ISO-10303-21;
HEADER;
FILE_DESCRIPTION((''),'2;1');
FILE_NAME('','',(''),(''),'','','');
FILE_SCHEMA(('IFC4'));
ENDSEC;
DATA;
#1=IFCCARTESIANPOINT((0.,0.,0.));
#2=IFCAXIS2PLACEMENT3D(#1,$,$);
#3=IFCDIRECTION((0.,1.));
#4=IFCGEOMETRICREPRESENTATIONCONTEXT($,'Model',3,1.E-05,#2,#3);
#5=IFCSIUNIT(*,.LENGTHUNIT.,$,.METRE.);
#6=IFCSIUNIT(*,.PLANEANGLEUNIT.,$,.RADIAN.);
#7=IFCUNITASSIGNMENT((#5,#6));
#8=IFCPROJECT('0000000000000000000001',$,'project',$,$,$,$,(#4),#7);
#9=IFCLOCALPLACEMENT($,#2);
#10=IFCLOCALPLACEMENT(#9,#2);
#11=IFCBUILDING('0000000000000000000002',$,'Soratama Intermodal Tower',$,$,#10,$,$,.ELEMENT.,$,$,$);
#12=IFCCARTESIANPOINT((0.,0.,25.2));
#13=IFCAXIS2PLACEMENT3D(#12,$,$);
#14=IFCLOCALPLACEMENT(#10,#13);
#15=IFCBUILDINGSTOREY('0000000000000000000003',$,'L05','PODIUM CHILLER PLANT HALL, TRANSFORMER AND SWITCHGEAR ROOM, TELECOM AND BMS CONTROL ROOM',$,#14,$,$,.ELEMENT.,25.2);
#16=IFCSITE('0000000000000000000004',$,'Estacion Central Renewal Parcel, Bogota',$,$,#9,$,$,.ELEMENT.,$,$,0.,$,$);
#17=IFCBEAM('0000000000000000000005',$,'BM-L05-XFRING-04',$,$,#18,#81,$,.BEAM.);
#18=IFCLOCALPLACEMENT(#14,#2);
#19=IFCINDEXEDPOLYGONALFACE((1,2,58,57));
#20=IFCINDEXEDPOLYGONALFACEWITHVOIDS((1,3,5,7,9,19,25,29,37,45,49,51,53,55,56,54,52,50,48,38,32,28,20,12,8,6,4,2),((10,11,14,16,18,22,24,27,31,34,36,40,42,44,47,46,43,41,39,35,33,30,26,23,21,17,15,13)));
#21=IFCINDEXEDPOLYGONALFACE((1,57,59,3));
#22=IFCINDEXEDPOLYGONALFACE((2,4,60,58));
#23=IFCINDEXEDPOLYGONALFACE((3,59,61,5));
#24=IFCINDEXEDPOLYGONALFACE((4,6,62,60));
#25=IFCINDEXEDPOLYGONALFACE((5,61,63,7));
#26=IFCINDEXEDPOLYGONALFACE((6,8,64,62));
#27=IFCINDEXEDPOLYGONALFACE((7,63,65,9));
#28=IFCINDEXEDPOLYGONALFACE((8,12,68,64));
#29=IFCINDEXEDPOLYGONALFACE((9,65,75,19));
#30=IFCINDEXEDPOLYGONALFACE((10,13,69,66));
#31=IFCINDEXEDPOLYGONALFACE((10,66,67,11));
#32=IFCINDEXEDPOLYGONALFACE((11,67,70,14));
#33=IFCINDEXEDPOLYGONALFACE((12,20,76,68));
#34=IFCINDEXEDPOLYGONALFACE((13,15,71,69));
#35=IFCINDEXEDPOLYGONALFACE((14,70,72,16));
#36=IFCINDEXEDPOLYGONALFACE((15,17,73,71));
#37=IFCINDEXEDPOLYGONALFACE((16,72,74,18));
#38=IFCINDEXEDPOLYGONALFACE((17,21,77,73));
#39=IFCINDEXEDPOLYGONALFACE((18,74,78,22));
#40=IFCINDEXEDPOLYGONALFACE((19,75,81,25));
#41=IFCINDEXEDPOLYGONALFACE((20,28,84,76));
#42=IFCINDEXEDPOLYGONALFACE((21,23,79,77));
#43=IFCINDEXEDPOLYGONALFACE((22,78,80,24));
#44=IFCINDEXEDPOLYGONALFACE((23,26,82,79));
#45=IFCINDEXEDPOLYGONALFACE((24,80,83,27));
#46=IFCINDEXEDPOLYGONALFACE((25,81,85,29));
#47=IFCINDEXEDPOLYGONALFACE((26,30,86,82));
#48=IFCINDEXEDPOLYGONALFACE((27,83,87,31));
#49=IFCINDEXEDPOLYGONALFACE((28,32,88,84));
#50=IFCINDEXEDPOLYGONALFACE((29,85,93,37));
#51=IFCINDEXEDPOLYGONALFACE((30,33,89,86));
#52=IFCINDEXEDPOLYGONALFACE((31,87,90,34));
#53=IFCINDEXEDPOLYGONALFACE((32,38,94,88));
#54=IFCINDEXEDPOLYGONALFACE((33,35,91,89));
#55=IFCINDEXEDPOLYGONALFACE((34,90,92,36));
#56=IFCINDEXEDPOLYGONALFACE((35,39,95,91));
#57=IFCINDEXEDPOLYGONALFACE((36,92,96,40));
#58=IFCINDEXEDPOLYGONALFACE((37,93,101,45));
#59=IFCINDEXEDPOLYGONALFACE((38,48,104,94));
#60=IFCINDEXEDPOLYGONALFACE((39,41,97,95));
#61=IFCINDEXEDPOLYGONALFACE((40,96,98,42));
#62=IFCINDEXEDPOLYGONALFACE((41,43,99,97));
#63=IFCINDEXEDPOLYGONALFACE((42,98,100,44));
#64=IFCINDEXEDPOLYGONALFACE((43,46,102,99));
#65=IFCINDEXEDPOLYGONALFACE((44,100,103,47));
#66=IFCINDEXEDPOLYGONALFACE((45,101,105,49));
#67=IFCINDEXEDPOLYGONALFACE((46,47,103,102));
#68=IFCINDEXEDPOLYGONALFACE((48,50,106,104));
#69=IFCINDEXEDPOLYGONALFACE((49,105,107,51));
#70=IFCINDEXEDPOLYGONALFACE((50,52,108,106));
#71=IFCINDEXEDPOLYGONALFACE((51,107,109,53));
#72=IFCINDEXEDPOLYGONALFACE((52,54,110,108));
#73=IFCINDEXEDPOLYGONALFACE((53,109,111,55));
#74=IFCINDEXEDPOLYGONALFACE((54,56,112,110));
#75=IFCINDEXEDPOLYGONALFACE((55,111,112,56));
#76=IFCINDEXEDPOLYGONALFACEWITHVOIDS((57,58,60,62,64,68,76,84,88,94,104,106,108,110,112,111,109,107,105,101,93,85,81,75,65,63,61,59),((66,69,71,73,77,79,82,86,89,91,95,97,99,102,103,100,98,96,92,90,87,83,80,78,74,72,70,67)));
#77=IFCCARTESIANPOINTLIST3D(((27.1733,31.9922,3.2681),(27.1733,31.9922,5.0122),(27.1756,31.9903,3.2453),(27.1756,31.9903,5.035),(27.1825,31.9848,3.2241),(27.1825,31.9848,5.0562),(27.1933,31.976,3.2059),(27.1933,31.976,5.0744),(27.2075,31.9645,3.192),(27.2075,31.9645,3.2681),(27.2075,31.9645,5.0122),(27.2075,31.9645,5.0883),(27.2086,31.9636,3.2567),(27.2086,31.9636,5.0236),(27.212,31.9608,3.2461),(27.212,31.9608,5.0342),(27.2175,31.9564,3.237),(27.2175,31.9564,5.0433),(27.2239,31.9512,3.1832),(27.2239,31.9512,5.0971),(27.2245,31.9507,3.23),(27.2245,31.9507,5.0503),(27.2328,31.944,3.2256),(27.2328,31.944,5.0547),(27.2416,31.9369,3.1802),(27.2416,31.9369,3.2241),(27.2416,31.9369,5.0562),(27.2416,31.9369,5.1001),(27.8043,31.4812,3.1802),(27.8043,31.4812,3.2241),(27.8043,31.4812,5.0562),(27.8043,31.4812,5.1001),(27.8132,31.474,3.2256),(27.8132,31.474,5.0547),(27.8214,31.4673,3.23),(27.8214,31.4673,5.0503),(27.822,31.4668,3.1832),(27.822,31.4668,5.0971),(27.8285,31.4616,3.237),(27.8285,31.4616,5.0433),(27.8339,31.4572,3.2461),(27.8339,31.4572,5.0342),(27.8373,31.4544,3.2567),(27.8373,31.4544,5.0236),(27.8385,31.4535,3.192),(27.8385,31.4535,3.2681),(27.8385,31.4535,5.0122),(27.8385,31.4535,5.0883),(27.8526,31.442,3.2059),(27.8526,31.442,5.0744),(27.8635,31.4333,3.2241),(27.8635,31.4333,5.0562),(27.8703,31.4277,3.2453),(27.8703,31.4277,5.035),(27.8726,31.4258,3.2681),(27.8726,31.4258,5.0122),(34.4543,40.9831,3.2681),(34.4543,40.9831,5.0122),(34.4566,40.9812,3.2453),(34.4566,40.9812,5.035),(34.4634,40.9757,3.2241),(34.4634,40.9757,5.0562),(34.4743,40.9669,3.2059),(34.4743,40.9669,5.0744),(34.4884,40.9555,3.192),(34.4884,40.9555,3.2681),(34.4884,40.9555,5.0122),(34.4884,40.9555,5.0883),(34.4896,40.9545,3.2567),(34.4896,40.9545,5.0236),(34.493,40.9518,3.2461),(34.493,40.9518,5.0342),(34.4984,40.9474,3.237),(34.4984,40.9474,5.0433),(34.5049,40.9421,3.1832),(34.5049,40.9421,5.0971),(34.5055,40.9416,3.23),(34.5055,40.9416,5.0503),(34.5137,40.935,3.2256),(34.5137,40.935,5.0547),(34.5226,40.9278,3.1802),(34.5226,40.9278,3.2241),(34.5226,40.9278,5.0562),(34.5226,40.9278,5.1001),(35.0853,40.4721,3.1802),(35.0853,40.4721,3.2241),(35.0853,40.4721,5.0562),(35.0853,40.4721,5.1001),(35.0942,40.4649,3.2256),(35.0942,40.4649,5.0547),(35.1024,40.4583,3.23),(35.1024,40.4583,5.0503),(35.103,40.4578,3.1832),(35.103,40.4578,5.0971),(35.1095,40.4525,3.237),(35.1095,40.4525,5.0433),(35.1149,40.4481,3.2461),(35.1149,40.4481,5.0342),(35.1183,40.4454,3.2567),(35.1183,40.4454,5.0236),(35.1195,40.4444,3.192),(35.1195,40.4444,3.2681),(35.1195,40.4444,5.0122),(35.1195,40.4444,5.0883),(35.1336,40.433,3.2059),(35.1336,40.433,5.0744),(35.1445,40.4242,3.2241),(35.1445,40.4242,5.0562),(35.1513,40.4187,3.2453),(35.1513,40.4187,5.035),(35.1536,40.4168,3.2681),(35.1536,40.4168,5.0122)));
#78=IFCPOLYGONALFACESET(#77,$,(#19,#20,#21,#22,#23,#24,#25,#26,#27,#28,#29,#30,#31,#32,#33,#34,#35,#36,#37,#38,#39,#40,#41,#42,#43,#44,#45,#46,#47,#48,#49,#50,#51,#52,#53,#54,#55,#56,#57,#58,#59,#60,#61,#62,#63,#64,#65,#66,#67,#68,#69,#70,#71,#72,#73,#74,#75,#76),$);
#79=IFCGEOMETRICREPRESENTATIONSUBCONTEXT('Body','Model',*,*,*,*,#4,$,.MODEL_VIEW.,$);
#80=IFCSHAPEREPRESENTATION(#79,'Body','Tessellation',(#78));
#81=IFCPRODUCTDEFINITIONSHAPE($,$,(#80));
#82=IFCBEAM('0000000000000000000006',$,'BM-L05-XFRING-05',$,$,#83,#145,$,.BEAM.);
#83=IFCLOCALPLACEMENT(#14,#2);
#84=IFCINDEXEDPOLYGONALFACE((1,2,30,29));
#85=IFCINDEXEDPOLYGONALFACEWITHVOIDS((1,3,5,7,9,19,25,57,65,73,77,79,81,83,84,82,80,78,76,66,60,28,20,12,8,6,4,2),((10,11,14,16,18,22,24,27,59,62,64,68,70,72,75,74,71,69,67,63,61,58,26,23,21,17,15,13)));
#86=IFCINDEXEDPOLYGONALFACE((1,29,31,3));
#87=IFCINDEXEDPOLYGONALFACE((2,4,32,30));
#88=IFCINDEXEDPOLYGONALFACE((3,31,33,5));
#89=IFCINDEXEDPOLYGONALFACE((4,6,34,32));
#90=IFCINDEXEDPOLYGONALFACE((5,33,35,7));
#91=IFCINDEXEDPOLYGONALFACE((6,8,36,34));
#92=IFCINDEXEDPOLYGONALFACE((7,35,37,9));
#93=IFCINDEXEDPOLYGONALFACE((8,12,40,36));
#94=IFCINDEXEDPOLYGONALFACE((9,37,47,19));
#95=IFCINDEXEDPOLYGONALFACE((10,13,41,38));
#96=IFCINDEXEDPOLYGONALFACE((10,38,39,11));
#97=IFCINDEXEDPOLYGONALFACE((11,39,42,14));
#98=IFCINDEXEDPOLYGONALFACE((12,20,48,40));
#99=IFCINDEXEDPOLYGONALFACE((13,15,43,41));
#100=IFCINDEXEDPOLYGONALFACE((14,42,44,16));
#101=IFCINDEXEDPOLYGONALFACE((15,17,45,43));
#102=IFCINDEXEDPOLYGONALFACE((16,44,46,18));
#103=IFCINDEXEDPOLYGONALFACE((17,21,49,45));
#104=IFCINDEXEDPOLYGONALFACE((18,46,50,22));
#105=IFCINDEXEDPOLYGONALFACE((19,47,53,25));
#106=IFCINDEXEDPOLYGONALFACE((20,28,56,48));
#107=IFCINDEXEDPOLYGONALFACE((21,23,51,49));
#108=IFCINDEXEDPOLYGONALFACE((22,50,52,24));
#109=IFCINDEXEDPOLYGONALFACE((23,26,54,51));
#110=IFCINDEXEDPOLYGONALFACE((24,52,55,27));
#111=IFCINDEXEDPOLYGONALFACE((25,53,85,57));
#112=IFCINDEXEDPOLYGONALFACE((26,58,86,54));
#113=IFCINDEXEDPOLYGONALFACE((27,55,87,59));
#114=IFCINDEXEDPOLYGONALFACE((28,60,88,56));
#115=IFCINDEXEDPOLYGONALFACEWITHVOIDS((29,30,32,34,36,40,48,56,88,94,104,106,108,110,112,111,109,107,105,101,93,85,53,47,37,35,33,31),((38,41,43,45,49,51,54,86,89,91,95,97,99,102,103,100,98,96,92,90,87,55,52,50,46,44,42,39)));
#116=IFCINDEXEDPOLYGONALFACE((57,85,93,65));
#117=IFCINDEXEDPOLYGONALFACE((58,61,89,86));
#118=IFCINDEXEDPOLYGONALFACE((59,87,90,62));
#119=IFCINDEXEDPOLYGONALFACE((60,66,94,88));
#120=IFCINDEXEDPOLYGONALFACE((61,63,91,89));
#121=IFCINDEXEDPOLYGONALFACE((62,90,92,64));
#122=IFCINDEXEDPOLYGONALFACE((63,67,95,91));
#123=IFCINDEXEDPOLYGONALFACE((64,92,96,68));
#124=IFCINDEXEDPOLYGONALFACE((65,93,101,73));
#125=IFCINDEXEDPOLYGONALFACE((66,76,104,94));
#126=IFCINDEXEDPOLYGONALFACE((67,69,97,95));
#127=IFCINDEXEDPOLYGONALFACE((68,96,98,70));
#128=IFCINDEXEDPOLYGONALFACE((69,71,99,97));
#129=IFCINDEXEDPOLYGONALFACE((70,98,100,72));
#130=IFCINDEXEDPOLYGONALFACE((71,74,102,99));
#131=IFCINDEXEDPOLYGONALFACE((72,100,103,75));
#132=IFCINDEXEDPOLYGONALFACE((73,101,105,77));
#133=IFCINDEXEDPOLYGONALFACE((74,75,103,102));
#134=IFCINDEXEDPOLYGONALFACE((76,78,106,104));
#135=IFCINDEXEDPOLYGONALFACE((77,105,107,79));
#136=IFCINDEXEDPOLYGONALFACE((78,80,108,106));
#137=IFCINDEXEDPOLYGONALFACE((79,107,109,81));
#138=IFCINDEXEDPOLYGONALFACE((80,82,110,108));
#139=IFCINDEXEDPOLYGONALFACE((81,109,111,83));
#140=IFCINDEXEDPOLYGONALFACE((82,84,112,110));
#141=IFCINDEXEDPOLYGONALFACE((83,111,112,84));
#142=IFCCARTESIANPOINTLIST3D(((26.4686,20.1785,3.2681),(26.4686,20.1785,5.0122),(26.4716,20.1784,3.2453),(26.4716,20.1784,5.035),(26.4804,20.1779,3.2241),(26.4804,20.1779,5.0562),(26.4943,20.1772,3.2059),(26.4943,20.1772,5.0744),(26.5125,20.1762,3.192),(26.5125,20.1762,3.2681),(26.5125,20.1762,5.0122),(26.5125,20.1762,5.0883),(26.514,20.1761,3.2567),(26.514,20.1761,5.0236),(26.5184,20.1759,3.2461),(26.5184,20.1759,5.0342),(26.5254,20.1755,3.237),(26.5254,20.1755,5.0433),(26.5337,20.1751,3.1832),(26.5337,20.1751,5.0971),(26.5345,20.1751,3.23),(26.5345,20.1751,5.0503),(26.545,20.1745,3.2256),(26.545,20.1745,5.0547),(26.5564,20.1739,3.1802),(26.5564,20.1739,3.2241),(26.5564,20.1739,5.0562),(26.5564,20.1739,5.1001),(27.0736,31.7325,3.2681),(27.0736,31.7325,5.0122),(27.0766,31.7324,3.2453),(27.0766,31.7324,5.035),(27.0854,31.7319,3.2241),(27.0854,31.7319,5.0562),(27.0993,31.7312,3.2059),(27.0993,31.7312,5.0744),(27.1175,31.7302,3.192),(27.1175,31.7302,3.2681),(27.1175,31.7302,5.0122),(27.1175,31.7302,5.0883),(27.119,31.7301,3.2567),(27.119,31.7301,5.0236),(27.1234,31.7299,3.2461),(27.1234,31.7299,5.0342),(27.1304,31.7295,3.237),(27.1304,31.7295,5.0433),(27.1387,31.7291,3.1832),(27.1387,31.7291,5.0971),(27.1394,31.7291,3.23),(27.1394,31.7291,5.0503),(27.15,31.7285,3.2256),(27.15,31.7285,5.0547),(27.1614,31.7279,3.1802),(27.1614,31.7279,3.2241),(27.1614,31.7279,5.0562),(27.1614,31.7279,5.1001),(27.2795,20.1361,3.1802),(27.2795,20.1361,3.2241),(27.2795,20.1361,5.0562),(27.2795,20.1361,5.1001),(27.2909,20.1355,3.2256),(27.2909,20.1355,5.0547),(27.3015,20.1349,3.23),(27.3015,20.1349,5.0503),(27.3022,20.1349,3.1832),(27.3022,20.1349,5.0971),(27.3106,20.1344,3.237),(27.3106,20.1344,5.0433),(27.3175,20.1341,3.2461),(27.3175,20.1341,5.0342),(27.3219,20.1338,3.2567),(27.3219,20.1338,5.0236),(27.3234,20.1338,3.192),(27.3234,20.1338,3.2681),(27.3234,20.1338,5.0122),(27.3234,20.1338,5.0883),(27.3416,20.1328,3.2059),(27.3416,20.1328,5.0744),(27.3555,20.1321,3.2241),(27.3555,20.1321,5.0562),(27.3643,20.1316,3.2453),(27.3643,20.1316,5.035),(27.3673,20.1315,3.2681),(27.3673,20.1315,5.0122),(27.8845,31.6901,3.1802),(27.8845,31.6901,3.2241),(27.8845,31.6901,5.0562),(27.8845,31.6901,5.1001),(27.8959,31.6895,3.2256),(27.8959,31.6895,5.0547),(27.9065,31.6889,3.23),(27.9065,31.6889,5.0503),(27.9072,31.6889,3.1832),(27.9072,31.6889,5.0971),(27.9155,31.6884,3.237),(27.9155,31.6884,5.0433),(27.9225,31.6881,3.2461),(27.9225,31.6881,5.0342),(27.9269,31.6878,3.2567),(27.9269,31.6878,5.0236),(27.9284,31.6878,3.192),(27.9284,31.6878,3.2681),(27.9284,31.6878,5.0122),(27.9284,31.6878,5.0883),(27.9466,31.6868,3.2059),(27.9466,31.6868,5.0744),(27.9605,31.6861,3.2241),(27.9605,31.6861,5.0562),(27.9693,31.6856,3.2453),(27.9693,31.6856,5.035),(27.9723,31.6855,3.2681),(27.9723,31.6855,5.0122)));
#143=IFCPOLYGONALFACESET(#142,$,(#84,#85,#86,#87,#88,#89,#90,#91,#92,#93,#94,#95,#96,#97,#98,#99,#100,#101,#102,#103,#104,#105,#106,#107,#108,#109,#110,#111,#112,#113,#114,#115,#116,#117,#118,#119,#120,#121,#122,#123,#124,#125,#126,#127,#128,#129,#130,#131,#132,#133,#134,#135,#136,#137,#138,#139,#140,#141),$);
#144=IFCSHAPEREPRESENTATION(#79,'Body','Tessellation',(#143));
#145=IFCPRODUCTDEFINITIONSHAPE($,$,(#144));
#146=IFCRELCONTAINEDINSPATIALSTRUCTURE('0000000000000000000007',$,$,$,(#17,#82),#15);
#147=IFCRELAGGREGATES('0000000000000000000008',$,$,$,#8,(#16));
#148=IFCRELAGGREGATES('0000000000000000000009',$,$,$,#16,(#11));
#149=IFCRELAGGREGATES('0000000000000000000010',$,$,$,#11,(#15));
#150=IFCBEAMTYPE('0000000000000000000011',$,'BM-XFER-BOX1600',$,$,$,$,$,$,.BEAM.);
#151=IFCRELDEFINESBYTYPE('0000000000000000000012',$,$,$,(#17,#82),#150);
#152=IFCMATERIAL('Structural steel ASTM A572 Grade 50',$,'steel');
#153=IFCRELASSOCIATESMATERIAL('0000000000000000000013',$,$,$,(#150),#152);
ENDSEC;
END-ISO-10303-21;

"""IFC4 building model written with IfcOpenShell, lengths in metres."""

from ifc_helpers import new_model, si_unit, direction, frame, origin, origin_2d, place, context, subcontext, project, spatial, hollow_rectangle, extrude, material, material_profile, profile_set, type_object, element, save


model = new_model("IFC4")

# Units and contexts
model_context = context("Model", 3, precision=1e-05, world=origin(), true_north=direction((0.0, 1.0)))
body_context = subcontext(model_context, "Body", "Model", "MODEL_VIEW")
ifc_project = project(units=[si_unit("LENGTHUNIT", "METRE"), si_unit("PLANEANGLEUNIT", "RADIAN")], contexts=[model_context])

# Site, building, storey
site_placement = place(None, origin())
site = spatial("IfcSite", under=ifc_project, at=site_placement, Name="Estacion Central Renewal Parcel, Bogota", CompositionType="ELEMENT", RefElevation=0.0)
building_placement = place(site_placement, origin())
building = spatial("IfcBuilding", under=site, at=building_placement, Name="Soratama Intermodal Tower", CompositionType="ELEMENT")
storey_placement = place(building_placement, frame((0.0, 0.0, 25.2)))
storey = spatial("IfcBuildingStorey", under=building, at=storey_placement, Name="L05", Description="PODIUM CHILLER PLANT HALL, TRANSFORMER AND SWITCHGEAR ROOM, TELECOM AND BMS CONTROL ROOM", CompositionType="ELEMENT", Elevation=25.2)

# Beams
ifc_material_1 = material(Name="Structural steel ASTM A572 Grade 50", Category="steel")
ifc_material_profile_1 = material_profile(ifc_material_1, hollow_rectangle(XDim=0.8999, YDim=1.9199, WallThickness=0.0439, InnerFilletRadius=0.0439, OuterFilletRadius=0.0879, at=origin_2d()), Name="BOX1600X900X40")
ifc_profile_set_1 = profile_set([ifc_material_profile_1], Name="Structural steel ASTM A572 Grade 50")
beam_type_1 = type_object("IfcBeamType", Name="BM-XFER-BOX1600", PredefinedType="BEAM", material=ifc_profile_set_1)
beam_1_placement = place(storey_placement, frame((34.804, 40.7, 4.1401), z_axis=(-0.629334, -0.777135, 0.0), x_axis=(0.777135, -0.629334, 0.0)))
element("IfcBeam", 1, at=beam_1_placement, inside=storey, type_object=beam_type_1, Name="BM-L05-XFRING-04", PredefinedType="BEAM", context=body_context, shape_type="SweptSolid", body=[
    extrude(hollow_rectangle(XDim=0.8999, YDim=1.9199, WallThickness=0.0439, InnerFilletRadius=0.0439, OuterFilletRadius=0.0879, at=origin_2d()), origin(), (0.0, 0.0, 1.0), 11.5693),
])
beam_2_placement = place(storey_placement, frame((27.5229, 31.709, 4.1401), z_axis=(-0.05229, -0.998632, 0.0), x_axis=(0.998632, -0.05229, 0.0)))
element("IfcBeam", 2, at=beam_2_placement, inside=storey, type_object=beam_type_1, Name="BM-L05-XFRING-05", PredefinedType="BEAM", context=body_context, shape_type="SweptSolid", body=[
    extrude(hollow_rectangle(XDim=0.8999, YDim=1.9199, WallThickness=0.0439, InnerFilletRadius=0.0439, OuterFilletRadius=0.0879, at=origin_2d()), origin(), (0.0, 0.0, 1.0), 11.5698),
])

save(model, "model.ifc")
